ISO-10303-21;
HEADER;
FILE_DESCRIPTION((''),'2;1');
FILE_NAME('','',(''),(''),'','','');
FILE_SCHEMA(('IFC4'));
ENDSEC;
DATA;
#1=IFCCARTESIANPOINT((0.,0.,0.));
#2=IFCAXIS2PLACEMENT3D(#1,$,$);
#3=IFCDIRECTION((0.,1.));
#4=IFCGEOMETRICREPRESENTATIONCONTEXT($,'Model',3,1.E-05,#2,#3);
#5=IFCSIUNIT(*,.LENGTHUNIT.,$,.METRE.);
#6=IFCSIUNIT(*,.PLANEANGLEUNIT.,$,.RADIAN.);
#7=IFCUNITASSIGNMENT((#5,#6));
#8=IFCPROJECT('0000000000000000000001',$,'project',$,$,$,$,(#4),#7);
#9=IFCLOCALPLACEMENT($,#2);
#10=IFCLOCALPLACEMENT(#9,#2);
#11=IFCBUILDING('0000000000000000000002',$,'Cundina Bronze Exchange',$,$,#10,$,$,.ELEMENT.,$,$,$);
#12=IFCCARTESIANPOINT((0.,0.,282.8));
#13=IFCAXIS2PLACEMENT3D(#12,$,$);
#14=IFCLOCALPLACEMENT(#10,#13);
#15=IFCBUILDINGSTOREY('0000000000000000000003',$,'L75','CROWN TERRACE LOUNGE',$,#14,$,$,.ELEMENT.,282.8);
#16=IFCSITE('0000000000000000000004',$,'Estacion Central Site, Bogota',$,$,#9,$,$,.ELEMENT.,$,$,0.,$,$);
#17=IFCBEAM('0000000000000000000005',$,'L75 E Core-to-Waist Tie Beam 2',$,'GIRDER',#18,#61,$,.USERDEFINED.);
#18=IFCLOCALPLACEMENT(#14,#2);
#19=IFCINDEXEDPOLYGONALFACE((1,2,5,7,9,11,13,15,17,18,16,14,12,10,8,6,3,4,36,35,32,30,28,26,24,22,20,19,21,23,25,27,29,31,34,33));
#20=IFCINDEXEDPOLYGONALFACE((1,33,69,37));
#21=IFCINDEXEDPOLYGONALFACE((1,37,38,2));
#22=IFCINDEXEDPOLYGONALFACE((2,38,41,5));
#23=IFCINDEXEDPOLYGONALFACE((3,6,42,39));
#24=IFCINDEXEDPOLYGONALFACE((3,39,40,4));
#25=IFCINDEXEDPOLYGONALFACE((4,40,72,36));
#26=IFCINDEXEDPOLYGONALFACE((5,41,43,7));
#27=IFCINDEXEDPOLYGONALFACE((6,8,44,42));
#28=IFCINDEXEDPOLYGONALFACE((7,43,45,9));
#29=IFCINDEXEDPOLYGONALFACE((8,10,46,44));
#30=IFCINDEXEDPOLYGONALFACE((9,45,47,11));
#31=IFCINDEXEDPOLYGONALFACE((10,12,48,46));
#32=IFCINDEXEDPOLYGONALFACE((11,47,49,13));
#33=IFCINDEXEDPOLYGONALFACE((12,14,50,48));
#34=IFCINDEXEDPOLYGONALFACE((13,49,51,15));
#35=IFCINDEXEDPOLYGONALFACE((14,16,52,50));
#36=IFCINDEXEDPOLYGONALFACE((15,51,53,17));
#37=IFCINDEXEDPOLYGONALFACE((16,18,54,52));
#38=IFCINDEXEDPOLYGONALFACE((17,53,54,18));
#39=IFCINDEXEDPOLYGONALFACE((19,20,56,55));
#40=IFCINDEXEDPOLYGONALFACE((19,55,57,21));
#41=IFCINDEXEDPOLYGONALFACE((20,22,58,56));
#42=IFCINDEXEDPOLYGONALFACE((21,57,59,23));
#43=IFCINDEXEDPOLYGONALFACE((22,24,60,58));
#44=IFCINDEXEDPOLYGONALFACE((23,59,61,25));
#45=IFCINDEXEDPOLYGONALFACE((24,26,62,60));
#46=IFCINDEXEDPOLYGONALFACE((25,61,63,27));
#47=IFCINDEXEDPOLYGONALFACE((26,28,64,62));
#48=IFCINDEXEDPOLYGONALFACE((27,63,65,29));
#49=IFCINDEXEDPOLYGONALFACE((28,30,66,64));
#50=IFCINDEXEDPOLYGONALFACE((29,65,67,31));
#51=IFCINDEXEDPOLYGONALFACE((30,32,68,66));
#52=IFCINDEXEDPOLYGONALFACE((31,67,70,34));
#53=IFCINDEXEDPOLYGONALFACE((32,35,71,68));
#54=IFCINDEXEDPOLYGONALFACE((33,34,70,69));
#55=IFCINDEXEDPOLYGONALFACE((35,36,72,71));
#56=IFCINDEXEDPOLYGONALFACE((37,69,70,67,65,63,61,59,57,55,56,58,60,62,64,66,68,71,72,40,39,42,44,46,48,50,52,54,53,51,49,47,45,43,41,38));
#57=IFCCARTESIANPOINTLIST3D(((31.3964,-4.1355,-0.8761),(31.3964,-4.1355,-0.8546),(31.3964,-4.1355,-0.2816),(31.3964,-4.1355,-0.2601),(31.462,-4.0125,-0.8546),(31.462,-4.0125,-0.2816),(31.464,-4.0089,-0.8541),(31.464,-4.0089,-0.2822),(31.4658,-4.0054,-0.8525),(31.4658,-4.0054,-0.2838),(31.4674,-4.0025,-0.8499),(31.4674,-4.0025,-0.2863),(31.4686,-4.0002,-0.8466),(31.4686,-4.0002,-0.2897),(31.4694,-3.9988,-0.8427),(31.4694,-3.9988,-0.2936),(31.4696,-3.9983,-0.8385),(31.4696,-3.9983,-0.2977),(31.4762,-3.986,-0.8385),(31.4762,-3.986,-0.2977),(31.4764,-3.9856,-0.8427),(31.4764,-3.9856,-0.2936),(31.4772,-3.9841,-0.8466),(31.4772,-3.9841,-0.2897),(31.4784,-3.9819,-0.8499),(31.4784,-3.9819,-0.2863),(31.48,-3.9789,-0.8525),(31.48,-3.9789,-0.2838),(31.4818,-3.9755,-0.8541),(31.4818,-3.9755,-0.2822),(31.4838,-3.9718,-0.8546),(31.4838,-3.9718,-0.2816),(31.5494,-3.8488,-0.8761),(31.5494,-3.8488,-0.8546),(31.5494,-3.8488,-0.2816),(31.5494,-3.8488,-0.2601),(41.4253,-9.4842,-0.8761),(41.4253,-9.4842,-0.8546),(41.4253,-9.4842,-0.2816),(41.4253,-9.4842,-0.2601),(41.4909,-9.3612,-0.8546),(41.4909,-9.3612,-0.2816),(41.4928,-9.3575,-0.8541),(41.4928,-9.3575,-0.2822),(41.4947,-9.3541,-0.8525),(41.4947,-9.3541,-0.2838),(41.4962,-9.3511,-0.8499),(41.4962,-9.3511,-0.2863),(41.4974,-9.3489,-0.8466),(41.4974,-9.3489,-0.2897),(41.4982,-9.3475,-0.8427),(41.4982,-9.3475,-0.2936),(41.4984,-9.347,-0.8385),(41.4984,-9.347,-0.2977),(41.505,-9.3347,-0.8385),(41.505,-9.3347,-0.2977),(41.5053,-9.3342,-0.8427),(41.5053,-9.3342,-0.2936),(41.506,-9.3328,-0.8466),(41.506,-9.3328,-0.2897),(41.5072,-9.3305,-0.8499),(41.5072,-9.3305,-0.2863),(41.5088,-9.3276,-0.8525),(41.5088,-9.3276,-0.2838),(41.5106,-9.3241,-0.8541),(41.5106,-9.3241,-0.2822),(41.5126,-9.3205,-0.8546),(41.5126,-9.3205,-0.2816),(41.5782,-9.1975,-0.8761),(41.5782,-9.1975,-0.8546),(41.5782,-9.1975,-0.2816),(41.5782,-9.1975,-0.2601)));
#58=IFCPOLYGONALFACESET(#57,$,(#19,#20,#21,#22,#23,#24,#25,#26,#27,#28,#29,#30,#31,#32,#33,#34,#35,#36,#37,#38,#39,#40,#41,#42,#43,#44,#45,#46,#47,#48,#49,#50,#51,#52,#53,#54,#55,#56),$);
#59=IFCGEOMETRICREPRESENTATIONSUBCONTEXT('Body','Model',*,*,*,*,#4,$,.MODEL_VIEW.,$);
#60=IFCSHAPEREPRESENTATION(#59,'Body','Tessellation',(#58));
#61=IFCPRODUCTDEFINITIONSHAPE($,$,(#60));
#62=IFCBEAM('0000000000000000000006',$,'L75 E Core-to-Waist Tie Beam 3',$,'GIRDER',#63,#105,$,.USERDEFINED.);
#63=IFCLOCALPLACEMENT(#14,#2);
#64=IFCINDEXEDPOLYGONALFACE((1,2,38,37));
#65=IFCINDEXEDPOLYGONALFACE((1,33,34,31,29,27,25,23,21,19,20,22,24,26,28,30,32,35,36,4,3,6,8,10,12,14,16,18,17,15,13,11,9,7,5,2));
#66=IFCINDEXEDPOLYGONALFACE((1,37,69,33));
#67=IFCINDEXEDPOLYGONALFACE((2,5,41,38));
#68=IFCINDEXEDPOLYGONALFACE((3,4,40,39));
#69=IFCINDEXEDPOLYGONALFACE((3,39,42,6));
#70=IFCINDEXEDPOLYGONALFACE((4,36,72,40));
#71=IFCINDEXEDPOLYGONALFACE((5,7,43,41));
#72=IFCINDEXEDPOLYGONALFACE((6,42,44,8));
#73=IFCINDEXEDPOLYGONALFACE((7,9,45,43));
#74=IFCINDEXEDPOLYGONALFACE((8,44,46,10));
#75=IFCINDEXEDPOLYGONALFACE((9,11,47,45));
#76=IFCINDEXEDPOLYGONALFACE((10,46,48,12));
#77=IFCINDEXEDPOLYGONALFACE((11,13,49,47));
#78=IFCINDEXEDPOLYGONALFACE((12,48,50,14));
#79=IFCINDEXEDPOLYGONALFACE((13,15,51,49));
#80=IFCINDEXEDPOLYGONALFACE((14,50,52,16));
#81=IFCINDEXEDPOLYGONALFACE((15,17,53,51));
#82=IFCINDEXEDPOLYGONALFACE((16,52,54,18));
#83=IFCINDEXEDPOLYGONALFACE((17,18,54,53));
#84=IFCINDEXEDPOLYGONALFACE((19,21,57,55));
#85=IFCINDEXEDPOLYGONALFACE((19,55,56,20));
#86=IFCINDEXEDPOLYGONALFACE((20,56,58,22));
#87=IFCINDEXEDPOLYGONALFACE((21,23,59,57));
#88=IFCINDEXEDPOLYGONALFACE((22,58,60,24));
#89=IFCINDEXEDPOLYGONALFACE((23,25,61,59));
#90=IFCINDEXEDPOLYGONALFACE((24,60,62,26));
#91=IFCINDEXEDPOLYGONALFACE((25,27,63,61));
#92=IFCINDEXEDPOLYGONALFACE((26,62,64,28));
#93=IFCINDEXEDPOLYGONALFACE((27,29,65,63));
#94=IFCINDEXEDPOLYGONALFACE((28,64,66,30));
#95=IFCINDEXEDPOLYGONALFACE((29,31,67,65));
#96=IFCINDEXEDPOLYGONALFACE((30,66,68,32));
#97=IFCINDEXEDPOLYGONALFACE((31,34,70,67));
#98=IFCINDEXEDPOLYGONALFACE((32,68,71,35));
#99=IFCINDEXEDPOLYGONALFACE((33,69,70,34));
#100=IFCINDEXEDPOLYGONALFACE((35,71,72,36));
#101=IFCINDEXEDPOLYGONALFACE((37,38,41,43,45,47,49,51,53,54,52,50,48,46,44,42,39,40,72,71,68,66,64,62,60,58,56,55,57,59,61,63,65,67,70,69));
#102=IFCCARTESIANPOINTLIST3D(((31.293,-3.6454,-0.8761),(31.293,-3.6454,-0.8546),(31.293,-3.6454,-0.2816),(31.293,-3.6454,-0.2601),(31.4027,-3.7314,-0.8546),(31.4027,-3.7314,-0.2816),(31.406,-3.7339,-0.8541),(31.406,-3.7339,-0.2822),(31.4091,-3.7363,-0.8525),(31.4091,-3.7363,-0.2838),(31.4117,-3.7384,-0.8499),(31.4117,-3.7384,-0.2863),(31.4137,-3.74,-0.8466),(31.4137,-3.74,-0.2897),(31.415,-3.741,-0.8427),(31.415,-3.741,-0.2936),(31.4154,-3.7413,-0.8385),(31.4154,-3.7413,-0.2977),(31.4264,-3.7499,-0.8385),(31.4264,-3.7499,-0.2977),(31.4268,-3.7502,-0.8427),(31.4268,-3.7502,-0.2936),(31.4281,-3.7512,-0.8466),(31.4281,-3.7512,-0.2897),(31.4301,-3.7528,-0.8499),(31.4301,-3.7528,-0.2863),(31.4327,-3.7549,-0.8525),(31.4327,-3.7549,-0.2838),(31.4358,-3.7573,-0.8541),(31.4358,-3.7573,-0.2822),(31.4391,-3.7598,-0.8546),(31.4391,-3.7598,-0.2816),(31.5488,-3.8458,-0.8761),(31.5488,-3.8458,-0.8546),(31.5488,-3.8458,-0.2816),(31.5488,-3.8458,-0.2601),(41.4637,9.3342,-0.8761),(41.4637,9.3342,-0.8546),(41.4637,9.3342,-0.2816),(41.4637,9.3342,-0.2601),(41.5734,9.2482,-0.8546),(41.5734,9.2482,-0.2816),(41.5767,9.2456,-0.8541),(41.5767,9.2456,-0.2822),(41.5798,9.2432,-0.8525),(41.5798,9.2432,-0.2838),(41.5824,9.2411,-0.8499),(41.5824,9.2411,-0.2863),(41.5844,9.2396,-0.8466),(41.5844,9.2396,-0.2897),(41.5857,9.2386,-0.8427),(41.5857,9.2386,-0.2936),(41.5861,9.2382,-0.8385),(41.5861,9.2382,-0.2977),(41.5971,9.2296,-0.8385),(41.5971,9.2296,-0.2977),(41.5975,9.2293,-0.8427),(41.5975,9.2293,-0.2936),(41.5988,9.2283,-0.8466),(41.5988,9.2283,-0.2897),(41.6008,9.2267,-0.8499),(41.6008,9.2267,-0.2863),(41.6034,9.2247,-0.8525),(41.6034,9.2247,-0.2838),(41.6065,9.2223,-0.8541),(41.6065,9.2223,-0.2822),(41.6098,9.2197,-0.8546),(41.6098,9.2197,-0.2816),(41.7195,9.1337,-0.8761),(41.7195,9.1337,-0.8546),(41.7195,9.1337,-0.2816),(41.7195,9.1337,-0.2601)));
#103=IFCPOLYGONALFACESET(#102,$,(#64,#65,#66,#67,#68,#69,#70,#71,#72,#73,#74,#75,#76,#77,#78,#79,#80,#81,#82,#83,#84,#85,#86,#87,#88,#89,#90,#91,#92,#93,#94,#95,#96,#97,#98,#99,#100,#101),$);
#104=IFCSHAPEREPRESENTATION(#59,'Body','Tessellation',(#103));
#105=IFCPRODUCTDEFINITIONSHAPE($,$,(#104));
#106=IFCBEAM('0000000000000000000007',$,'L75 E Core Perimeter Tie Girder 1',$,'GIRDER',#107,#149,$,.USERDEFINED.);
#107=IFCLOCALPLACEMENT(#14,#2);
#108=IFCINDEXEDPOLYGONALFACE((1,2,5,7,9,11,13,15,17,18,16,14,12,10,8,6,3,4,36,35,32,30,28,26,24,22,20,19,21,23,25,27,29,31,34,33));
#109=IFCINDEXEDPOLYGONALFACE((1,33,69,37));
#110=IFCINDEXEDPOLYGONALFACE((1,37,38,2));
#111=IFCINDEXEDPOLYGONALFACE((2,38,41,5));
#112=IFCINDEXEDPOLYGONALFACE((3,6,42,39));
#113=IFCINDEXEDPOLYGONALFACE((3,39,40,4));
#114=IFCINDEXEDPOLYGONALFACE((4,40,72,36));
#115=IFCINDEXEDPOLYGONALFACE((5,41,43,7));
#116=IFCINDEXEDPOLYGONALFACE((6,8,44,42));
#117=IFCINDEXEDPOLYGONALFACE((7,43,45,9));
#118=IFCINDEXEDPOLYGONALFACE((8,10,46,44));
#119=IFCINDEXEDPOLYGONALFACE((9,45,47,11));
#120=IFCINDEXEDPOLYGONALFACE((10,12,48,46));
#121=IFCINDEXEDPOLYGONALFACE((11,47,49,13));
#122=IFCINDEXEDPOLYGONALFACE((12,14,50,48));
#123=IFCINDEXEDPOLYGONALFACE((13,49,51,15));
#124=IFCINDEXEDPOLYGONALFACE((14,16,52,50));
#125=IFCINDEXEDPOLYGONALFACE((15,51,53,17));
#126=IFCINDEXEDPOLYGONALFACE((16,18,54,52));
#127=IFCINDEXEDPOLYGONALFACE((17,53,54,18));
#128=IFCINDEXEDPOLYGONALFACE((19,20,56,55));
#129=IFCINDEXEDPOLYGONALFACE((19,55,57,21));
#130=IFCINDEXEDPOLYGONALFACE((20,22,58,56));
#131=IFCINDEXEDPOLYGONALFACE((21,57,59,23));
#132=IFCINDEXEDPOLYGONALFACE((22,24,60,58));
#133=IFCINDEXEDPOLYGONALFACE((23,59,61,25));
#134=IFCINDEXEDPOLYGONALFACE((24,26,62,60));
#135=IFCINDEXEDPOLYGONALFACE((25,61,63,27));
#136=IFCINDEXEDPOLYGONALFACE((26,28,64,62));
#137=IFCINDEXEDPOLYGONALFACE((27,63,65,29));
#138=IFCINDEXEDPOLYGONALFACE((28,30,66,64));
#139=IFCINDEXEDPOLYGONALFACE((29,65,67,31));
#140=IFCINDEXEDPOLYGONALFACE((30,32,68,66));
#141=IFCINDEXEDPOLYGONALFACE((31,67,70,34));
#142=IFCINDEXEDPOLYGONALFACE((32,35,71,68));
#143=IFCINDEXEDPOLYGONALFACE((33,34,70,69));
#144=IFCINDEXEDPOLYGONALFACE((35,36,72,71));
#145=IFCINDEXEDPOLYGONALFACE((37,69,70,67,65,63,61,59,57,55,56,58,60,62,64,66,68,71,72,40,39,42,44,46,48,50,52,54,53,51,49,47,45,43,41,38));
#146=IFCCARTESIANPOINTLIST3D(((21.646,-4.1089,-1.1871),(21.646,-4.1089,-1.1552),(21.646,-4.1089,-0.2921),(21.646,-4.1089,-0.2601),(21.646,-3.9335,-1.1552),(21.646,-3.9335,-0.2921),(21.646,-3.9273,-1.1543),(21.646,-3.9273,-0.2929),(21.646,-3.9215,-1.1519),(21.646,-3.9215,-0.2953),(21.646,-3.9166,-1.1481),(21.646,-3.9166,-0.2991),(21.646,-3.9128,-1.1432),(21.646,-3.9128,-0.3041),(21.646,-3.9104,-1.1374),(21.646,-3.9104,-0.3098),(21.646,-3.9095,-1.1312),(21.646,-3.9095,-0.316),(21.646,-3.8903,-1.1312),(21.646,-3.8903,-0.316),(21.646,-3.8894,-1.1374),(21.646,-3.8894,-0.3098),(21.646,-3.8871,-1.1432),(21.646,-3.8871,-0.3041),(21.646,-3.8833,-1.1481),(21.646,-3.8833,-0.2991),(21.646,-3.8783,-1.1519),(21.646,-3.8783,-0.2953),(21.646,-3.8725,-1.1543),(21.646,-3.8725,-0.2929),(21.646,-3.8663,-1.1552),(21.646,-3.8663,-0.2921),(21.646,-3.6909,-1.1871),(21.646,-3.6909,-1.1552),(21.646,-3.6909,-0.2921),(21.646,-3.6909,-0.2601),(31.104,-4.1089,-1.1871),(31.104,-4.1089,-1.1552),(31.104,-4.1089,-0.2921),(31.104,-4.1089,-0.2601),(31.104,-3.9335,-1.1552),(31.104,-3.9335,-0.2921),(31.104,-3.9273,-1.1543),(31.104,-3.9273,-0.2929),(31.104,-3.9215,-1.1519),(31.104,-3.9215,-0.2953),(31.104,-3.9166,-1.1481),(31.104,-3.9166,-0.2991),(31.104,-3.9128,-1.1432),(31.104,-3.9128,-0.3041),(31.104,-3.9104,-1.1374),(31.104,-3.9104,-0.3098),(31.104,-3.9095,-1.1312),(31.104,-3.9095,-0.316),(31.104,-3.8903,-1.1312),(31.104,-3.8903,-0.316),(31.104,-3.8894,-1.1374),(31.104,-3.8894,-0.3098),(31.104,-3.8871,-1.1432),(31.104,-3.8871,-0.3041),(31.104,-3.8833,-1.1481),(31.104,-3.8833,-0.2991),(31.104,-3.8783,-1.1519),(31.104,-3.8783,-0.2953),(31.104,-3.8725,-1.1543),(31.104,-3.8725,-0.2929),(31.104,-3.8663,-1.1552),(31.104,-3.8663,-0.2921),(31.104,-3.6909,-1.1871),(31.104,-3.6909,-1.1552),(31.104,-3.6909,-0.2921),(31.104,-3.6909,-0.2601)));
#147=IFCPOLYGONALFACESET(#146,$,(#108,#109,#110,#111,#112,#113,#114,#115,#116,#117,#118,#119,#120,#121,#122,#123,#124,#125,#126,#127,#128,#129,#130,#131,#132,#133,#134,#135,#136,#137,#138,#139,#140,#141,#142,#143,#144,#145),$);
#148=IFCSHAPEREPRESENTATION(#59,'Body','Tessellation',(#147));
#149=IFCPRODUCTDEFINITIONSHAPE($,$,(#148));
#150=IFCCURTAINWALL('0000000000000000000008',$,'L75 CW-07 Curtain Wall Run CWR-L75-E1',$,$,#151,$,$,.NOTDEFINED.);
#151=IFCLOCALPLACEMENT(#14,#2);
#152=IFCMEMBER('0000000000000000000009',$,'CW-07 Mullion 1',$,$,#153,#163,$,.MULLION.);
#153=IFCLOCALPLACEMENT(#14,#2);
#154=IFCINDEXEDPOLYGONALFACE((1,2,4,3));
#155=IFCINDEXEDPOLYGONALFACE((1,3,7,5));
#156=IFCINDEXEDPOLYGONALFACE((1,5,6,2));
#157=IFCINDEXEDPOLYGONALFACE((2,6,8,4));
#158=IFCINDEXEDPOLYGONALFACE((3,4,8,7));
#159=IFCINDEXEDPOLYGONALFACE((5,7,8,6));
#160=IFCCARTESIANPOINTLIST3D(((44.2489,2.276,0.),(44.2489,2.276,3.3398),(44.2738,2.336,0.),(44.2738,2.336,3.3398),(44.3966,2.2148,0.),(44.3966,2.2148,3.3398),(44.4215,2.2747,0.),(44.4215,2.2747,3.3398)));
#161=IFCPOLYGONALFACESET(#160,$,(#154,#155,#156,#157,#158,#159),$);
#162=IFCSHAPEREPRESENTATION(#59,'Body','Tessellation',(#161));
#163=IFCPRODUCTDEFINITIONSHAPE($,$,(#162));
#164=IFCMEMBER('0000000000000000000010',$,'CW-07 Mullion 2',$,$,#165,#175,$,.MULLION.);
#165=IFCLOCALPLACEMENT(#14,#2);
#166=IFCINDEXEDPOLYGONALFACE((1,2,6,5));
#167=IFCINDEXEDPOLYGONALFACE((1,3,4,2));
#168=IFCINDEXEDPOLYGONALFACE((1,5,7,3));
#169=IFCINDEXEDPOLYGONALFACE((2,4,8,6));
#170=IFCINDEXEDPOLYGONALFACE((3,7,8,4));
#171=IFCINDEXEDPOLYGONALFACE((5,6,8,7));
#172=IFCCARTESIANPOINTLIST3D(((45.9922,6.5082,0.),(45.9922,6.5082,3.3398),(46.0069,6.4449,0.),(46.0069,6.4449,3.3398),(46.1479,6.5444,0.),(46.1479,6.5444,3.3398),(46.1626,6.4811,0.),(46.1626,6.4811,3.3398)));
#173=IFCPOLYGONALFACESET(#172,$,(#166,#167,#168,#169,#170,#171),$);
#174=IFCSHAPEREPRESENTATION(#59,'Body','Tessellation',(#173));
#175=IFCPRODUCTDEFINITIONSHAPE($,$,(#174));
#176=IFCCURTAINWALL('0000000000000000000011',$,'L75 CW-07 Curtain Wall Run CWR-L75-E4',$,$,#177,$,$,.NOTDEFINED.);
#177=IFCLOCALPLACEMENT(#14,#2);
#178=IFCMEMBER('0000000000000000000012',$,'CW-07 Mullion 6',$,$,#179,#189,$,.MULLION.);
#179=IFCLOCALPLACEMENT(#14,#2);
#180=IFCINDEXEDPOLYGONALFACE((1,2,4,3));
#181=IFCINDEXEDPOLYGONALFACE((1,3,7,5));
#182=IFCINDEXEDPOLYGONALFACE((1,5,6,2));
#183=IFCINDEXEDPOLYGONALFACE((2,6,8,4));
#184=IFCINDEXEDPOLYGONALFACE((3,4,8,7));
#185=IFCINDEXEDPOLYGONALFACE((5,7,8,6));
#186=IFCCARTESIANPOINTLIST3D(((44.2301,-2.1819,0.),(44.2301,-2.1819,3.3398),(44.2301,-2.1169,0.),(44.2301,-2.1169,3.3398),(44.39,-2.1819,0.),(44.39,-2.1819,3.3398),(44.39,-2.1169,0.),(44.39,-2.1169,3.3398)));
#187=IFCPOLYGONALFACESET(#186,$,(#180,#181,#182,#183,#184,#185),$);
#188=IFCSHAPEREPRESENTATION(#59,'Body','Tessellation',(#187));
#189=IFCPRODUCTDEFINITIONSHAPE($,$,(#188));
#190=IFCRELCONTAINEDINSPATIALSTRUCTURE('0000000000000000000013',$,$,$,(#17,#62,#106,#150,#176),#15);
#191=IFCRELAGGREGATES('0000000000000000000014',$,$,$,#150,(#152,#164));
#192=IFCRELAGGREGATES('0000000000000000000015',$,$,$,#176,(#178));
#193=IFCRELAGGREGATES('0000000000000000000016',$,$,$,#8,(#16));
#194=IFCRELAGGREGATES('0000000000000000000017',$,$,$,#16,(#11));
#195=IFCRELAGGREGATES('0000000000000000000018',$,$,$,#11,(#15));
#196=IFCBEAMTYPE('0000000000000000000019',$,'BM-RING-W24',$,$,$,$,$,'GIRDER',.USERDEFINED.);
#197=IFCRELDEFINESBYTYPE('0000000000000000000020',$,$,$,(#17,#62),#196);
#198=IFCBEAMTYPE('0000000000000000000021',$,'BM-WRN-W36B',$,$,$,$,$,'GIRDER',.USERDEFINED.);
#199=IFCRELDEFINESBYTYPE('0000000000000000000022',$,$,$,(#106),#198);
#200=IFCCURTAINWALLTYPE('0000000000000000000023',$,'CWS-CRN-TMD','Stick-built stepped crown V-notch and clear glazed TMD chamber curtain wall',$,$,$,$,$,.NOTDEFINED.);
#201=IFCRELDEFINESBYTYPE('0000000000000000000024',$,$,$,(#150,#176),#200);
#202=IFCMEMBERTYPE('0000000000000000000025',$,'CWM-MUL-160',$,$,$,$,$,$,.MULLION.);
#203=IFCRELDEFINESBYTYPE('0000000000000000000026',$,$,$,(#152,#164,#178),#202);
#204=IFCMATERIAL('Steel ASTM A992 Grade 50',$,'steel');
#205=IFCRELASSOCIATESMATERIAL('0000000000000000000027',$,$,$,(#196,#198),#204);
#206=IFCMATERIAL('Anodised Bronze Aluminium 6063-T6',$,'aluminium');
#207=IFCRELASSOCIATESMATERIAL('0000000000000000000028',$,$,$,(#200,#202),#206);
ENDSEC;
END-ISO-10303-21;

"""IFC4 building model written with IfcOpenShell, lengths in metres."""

from ifc_helpers import new_model, si_unit, direction, frame, origin, origin_2d, place, context, subcontext, project, spatial, rectangle, i_section, extrude, material, material_profile, profile_set, type_object, element, aggregate, save


model = new_model("IFC4")

# Units and contexts
model_context = context("Model", 3, precision=1e-05, world=origin(), true_north=direction((0.0, 1.0)))
body_context = subcontext(model_context, "Body", "Model", "MODEL_VIEW")
ifc_project = project(units=[si_unit("LENGTHUNIT", "METRE"), si_unit("PLANEANGLEUNIT", "RADIAN")], contexts=[model_context])

# Site, building, storey
site_placement = place(None, origin())
site = spatial("IfcSite", under=ifc_project, at=site_placement, Name="Estacion Central Site, Bogota", CompositionType="ELEMENT", RefElevation=0.0)
building_placement = place(site_placement, origin())
building = spatial("IfcBuilding", under=site, at=building_placement, Name="Cundina Bronze Exchange", CompositionType="ELEMENT")
storey_placement = place(building_placement, frame((0.0, 0.0, 282.8)))
storey = spatial("IfcBuildingStorey", under=building, at=storey_placement, Name="L75", Description="CROWN TERRACE LOUNGE", CompositionType="ELEMENT", Elevation=282.8)

# Shared definitions
ifc_material_1 = material(Name="Steel ASTM A992 Grade 50", Category="steel")

# Beams
ifc_material_profile_1 = material_profile(ifc_material_1, i_section(OverallWidth=0.325, OverallDepth=0.616, WebThickness=0.0139, FlangeThickness=0.0215, FilletRadius=0.0161, at=origin_2d()), Name="W24X117", Category="steel")
ifc_profile_set_1 = profile_set([ifc_material_profile_1], Name="Steel ASTM A992 Grade 50")
beam_type_1 = type_object("IfcBeamType", Name="BM-RING-W24", ElementType="GIRDER", PredefinedType="USERDEFINED", material=ifc_profile_set_1)
beam_1_placement = place(storey_placement, frame((31.4729, -3.9922, -0.5681), z_axis=(0.882355, -0.470584, 0.0), x_axis=(0.470584, 0.882355, 0.0)))
element("IfcBeam", 1, at=beam_1_placement, inside=storey, type_object=beam_type_1, Name="L75 E Core-to-Waist Tie Beam 2", ObjectType="GIRDER", PredefinedType="USERDEFINED", context=body_context, shape_type="SweptSolid", body=[
    extrude(i_section(OverallWidth=0.325, OverallDepth=0.616, WebThickness=0.0139, FlangeThickness=0.0215, FilletRadius=0.0161, at=origin_2d()), origin(), (0.0, 0.0, 1.0), 11.366),
])
beam_2_placement = place(storey_placement, frame((31.4209, -3.7456, -0.5681), z_axis=(0.616789, 0.787128, 0.0), x_axis=(-0.787128, 0.616789, 0.0)))
element("IfcBeam", 2, at=beam_2_placement, inside=storey, type_object=beam_type_1, Name="L75 E Core-to-Waist Tie Beam 3", ObjectType="GIRDER", PredefinedType="USERDEFINED", context=body_context, shape_type="SweptSolid", body=[
    extrude(i_section(OverallWidth=0.325, OverallDepth=0.616, WebThickness=0.0139, FlangeThickness=0.0215, FilletRadius=0.0161, at=origin_2d()), origin(), (0.0, 0.0, 1.0), 16.4897),
])
ifc_material_profile_2 = material_profile(ifc_material_1, i_section(OverallWidth=0.418, OverallDepth=0.927, WebThickness=0.0193, FlangeThickness=0.032, FilletRadius=0.0239, at=origin_2d()), Name="W36X231", Category="steel")
ifc_profile_set_2 = profile_set([ifc_material_profile_2], Name="Steel ASTM A992 Grade 50")
beam_type_2 = type_object("IfcBeamType", Name="BM-WRN-W36B", ElementType="GIRDER", PredefinedType="USERDEFINED", material=ifc_profile_set_2)
beam_3_placement = place(storey_placement, frame((31.104, -3.8999, -0.7236), z_axis=(-1.0, 0.0, 0.0), x_axis=(0.0, -1.0, 0.0)))
element("IfcBeam", 3, at=beam_3_placement, inside=storey, type_object=beam_type_2, Name="L75 E Core Perimeter Tie Girder 1", ObjectType="GIRDER", PredefinedType="USERDEFINED", context=body_context, shape_type="SweptSolid", body=[
    extrude(i_section(OverallWidth=0.418, OverallDepth=0.927, WebThickness=0.0193, FlangeThickness=0.032, FilletRadius=0.0239, at=origin_2d()), origin(), (0.0, 0.0, 1.0), 9.458),
])

# Curtain walls, members
ifc_material_2 = material(Name="Anodised Bronze Aluminium 6063-T6", Category="aluminium")
curtain_wall_type = type_object("IfcCurtainWallType", Name="CWS-CRN-TMD", Description="Stick-built stepped crown V-notch and clear glazed TMD chamber curtain wall", PredefinedType="NOTDEFINED", material=ifc_material_2)
curtain_wall_1_placement = place(storey_placement, origin())
curtain_wall_1 = element("IfcCurtainWall", 4, at=curtain_wall_1_placement, inside=storey, type_object=curtain_wall_type, Name="L75 CW-07 Curtain Wall Run CWR-L75-E1", PredefinedType="NOTDEFINED")
ifc_material_profile_3 = material_profile(ifc_material_2, rectangle(XDim=0.0649, YDim=0.1599, at=origin_2d()), Name="AL65X160", Category="aluminium")
ifc_profile_set_3 = profile_set([ifc_material_profile_3], Name="Anodised Bronze Aluminium 6063-T6")
member_type_1 = type_object("IfcMemberType", Name="CWM-MUL-160", PredefinedType="MULLION", material=ifc_profile_set_3)
member_1_placement = place(storey_placement, frame((44.3352, 2.2754, 0.0), z_axis=(0.0, 0.0, 1.0), x_axis=(0.383167, 0.923679, 0.0)))
member_1 = element("IfcMember", 5, at=member_1_placement, type_object=member_type_1, Name="CW-07 Mullion 1", PredefinedType="MULLION", context=body_context, shape_type="SweptSolid", body=[
    extrude(rectangle(XDim=0.0649, YDim=0.1599, at=origin_2d()), origin(), (0.0, 0.0, 1.0), 3.3398),
])
member_2_placement = place(storey_placement, frame((46.0774, 6.4946, 0.0), z_axis=(0.0, 0.0, 1.0), x_axis=(-0.226311, 0.974055, 0.0)))
member_2 = element("IfcMember", 6, at=member_2_placement, type_object=member_type_1, Name="CW-07 Mullion 2", PredefinedType="MULLION", context=body_context, shape_type="SweptSolid", body=[
    extrude(rectangle(XDim=0.0649, YDim=0.1599, at=origin_2d()), origin(), (0.0, 0.0, 1.0), 3.3398),
])
curtain_wall_2_placement = place(storey_placement, origin())
curtain_wall_2 = element("IfcCurtainWall", 7, at=curtain_wall_2_placement, inside=storey, type_object=curtain_wall_type, Name="L75 CW-07 Curtain Wall Run CWR-L75-E4", PredefinedType="NOTDEFINED")
member_3_placement = place(storey_placement, frame((44.3101, -2.1494, 0.0), z_axis=(0.0, 0.0, 1.0), x_axis=(0.0, 1.0, 0.0)))
member_3 = element("IfcMember", 8, at=member_3_placement, type_object=member_type_1, Name="CW-07 Mullion 6", PredefinedType="MULLION", context=body_context, shape_type="SweptSolid", body=[
    extrude(rectangle(XDim=0.0649, YDim=0.1599, at=origin_2d()), origin(), (0.0, 0.0, 1.0), 3.3398),
])

aggregate(curtain_wall_1, [member_1, member_2])
aggregate(curtain_wall_2, [member_3])

save(model, "model.ifc")
